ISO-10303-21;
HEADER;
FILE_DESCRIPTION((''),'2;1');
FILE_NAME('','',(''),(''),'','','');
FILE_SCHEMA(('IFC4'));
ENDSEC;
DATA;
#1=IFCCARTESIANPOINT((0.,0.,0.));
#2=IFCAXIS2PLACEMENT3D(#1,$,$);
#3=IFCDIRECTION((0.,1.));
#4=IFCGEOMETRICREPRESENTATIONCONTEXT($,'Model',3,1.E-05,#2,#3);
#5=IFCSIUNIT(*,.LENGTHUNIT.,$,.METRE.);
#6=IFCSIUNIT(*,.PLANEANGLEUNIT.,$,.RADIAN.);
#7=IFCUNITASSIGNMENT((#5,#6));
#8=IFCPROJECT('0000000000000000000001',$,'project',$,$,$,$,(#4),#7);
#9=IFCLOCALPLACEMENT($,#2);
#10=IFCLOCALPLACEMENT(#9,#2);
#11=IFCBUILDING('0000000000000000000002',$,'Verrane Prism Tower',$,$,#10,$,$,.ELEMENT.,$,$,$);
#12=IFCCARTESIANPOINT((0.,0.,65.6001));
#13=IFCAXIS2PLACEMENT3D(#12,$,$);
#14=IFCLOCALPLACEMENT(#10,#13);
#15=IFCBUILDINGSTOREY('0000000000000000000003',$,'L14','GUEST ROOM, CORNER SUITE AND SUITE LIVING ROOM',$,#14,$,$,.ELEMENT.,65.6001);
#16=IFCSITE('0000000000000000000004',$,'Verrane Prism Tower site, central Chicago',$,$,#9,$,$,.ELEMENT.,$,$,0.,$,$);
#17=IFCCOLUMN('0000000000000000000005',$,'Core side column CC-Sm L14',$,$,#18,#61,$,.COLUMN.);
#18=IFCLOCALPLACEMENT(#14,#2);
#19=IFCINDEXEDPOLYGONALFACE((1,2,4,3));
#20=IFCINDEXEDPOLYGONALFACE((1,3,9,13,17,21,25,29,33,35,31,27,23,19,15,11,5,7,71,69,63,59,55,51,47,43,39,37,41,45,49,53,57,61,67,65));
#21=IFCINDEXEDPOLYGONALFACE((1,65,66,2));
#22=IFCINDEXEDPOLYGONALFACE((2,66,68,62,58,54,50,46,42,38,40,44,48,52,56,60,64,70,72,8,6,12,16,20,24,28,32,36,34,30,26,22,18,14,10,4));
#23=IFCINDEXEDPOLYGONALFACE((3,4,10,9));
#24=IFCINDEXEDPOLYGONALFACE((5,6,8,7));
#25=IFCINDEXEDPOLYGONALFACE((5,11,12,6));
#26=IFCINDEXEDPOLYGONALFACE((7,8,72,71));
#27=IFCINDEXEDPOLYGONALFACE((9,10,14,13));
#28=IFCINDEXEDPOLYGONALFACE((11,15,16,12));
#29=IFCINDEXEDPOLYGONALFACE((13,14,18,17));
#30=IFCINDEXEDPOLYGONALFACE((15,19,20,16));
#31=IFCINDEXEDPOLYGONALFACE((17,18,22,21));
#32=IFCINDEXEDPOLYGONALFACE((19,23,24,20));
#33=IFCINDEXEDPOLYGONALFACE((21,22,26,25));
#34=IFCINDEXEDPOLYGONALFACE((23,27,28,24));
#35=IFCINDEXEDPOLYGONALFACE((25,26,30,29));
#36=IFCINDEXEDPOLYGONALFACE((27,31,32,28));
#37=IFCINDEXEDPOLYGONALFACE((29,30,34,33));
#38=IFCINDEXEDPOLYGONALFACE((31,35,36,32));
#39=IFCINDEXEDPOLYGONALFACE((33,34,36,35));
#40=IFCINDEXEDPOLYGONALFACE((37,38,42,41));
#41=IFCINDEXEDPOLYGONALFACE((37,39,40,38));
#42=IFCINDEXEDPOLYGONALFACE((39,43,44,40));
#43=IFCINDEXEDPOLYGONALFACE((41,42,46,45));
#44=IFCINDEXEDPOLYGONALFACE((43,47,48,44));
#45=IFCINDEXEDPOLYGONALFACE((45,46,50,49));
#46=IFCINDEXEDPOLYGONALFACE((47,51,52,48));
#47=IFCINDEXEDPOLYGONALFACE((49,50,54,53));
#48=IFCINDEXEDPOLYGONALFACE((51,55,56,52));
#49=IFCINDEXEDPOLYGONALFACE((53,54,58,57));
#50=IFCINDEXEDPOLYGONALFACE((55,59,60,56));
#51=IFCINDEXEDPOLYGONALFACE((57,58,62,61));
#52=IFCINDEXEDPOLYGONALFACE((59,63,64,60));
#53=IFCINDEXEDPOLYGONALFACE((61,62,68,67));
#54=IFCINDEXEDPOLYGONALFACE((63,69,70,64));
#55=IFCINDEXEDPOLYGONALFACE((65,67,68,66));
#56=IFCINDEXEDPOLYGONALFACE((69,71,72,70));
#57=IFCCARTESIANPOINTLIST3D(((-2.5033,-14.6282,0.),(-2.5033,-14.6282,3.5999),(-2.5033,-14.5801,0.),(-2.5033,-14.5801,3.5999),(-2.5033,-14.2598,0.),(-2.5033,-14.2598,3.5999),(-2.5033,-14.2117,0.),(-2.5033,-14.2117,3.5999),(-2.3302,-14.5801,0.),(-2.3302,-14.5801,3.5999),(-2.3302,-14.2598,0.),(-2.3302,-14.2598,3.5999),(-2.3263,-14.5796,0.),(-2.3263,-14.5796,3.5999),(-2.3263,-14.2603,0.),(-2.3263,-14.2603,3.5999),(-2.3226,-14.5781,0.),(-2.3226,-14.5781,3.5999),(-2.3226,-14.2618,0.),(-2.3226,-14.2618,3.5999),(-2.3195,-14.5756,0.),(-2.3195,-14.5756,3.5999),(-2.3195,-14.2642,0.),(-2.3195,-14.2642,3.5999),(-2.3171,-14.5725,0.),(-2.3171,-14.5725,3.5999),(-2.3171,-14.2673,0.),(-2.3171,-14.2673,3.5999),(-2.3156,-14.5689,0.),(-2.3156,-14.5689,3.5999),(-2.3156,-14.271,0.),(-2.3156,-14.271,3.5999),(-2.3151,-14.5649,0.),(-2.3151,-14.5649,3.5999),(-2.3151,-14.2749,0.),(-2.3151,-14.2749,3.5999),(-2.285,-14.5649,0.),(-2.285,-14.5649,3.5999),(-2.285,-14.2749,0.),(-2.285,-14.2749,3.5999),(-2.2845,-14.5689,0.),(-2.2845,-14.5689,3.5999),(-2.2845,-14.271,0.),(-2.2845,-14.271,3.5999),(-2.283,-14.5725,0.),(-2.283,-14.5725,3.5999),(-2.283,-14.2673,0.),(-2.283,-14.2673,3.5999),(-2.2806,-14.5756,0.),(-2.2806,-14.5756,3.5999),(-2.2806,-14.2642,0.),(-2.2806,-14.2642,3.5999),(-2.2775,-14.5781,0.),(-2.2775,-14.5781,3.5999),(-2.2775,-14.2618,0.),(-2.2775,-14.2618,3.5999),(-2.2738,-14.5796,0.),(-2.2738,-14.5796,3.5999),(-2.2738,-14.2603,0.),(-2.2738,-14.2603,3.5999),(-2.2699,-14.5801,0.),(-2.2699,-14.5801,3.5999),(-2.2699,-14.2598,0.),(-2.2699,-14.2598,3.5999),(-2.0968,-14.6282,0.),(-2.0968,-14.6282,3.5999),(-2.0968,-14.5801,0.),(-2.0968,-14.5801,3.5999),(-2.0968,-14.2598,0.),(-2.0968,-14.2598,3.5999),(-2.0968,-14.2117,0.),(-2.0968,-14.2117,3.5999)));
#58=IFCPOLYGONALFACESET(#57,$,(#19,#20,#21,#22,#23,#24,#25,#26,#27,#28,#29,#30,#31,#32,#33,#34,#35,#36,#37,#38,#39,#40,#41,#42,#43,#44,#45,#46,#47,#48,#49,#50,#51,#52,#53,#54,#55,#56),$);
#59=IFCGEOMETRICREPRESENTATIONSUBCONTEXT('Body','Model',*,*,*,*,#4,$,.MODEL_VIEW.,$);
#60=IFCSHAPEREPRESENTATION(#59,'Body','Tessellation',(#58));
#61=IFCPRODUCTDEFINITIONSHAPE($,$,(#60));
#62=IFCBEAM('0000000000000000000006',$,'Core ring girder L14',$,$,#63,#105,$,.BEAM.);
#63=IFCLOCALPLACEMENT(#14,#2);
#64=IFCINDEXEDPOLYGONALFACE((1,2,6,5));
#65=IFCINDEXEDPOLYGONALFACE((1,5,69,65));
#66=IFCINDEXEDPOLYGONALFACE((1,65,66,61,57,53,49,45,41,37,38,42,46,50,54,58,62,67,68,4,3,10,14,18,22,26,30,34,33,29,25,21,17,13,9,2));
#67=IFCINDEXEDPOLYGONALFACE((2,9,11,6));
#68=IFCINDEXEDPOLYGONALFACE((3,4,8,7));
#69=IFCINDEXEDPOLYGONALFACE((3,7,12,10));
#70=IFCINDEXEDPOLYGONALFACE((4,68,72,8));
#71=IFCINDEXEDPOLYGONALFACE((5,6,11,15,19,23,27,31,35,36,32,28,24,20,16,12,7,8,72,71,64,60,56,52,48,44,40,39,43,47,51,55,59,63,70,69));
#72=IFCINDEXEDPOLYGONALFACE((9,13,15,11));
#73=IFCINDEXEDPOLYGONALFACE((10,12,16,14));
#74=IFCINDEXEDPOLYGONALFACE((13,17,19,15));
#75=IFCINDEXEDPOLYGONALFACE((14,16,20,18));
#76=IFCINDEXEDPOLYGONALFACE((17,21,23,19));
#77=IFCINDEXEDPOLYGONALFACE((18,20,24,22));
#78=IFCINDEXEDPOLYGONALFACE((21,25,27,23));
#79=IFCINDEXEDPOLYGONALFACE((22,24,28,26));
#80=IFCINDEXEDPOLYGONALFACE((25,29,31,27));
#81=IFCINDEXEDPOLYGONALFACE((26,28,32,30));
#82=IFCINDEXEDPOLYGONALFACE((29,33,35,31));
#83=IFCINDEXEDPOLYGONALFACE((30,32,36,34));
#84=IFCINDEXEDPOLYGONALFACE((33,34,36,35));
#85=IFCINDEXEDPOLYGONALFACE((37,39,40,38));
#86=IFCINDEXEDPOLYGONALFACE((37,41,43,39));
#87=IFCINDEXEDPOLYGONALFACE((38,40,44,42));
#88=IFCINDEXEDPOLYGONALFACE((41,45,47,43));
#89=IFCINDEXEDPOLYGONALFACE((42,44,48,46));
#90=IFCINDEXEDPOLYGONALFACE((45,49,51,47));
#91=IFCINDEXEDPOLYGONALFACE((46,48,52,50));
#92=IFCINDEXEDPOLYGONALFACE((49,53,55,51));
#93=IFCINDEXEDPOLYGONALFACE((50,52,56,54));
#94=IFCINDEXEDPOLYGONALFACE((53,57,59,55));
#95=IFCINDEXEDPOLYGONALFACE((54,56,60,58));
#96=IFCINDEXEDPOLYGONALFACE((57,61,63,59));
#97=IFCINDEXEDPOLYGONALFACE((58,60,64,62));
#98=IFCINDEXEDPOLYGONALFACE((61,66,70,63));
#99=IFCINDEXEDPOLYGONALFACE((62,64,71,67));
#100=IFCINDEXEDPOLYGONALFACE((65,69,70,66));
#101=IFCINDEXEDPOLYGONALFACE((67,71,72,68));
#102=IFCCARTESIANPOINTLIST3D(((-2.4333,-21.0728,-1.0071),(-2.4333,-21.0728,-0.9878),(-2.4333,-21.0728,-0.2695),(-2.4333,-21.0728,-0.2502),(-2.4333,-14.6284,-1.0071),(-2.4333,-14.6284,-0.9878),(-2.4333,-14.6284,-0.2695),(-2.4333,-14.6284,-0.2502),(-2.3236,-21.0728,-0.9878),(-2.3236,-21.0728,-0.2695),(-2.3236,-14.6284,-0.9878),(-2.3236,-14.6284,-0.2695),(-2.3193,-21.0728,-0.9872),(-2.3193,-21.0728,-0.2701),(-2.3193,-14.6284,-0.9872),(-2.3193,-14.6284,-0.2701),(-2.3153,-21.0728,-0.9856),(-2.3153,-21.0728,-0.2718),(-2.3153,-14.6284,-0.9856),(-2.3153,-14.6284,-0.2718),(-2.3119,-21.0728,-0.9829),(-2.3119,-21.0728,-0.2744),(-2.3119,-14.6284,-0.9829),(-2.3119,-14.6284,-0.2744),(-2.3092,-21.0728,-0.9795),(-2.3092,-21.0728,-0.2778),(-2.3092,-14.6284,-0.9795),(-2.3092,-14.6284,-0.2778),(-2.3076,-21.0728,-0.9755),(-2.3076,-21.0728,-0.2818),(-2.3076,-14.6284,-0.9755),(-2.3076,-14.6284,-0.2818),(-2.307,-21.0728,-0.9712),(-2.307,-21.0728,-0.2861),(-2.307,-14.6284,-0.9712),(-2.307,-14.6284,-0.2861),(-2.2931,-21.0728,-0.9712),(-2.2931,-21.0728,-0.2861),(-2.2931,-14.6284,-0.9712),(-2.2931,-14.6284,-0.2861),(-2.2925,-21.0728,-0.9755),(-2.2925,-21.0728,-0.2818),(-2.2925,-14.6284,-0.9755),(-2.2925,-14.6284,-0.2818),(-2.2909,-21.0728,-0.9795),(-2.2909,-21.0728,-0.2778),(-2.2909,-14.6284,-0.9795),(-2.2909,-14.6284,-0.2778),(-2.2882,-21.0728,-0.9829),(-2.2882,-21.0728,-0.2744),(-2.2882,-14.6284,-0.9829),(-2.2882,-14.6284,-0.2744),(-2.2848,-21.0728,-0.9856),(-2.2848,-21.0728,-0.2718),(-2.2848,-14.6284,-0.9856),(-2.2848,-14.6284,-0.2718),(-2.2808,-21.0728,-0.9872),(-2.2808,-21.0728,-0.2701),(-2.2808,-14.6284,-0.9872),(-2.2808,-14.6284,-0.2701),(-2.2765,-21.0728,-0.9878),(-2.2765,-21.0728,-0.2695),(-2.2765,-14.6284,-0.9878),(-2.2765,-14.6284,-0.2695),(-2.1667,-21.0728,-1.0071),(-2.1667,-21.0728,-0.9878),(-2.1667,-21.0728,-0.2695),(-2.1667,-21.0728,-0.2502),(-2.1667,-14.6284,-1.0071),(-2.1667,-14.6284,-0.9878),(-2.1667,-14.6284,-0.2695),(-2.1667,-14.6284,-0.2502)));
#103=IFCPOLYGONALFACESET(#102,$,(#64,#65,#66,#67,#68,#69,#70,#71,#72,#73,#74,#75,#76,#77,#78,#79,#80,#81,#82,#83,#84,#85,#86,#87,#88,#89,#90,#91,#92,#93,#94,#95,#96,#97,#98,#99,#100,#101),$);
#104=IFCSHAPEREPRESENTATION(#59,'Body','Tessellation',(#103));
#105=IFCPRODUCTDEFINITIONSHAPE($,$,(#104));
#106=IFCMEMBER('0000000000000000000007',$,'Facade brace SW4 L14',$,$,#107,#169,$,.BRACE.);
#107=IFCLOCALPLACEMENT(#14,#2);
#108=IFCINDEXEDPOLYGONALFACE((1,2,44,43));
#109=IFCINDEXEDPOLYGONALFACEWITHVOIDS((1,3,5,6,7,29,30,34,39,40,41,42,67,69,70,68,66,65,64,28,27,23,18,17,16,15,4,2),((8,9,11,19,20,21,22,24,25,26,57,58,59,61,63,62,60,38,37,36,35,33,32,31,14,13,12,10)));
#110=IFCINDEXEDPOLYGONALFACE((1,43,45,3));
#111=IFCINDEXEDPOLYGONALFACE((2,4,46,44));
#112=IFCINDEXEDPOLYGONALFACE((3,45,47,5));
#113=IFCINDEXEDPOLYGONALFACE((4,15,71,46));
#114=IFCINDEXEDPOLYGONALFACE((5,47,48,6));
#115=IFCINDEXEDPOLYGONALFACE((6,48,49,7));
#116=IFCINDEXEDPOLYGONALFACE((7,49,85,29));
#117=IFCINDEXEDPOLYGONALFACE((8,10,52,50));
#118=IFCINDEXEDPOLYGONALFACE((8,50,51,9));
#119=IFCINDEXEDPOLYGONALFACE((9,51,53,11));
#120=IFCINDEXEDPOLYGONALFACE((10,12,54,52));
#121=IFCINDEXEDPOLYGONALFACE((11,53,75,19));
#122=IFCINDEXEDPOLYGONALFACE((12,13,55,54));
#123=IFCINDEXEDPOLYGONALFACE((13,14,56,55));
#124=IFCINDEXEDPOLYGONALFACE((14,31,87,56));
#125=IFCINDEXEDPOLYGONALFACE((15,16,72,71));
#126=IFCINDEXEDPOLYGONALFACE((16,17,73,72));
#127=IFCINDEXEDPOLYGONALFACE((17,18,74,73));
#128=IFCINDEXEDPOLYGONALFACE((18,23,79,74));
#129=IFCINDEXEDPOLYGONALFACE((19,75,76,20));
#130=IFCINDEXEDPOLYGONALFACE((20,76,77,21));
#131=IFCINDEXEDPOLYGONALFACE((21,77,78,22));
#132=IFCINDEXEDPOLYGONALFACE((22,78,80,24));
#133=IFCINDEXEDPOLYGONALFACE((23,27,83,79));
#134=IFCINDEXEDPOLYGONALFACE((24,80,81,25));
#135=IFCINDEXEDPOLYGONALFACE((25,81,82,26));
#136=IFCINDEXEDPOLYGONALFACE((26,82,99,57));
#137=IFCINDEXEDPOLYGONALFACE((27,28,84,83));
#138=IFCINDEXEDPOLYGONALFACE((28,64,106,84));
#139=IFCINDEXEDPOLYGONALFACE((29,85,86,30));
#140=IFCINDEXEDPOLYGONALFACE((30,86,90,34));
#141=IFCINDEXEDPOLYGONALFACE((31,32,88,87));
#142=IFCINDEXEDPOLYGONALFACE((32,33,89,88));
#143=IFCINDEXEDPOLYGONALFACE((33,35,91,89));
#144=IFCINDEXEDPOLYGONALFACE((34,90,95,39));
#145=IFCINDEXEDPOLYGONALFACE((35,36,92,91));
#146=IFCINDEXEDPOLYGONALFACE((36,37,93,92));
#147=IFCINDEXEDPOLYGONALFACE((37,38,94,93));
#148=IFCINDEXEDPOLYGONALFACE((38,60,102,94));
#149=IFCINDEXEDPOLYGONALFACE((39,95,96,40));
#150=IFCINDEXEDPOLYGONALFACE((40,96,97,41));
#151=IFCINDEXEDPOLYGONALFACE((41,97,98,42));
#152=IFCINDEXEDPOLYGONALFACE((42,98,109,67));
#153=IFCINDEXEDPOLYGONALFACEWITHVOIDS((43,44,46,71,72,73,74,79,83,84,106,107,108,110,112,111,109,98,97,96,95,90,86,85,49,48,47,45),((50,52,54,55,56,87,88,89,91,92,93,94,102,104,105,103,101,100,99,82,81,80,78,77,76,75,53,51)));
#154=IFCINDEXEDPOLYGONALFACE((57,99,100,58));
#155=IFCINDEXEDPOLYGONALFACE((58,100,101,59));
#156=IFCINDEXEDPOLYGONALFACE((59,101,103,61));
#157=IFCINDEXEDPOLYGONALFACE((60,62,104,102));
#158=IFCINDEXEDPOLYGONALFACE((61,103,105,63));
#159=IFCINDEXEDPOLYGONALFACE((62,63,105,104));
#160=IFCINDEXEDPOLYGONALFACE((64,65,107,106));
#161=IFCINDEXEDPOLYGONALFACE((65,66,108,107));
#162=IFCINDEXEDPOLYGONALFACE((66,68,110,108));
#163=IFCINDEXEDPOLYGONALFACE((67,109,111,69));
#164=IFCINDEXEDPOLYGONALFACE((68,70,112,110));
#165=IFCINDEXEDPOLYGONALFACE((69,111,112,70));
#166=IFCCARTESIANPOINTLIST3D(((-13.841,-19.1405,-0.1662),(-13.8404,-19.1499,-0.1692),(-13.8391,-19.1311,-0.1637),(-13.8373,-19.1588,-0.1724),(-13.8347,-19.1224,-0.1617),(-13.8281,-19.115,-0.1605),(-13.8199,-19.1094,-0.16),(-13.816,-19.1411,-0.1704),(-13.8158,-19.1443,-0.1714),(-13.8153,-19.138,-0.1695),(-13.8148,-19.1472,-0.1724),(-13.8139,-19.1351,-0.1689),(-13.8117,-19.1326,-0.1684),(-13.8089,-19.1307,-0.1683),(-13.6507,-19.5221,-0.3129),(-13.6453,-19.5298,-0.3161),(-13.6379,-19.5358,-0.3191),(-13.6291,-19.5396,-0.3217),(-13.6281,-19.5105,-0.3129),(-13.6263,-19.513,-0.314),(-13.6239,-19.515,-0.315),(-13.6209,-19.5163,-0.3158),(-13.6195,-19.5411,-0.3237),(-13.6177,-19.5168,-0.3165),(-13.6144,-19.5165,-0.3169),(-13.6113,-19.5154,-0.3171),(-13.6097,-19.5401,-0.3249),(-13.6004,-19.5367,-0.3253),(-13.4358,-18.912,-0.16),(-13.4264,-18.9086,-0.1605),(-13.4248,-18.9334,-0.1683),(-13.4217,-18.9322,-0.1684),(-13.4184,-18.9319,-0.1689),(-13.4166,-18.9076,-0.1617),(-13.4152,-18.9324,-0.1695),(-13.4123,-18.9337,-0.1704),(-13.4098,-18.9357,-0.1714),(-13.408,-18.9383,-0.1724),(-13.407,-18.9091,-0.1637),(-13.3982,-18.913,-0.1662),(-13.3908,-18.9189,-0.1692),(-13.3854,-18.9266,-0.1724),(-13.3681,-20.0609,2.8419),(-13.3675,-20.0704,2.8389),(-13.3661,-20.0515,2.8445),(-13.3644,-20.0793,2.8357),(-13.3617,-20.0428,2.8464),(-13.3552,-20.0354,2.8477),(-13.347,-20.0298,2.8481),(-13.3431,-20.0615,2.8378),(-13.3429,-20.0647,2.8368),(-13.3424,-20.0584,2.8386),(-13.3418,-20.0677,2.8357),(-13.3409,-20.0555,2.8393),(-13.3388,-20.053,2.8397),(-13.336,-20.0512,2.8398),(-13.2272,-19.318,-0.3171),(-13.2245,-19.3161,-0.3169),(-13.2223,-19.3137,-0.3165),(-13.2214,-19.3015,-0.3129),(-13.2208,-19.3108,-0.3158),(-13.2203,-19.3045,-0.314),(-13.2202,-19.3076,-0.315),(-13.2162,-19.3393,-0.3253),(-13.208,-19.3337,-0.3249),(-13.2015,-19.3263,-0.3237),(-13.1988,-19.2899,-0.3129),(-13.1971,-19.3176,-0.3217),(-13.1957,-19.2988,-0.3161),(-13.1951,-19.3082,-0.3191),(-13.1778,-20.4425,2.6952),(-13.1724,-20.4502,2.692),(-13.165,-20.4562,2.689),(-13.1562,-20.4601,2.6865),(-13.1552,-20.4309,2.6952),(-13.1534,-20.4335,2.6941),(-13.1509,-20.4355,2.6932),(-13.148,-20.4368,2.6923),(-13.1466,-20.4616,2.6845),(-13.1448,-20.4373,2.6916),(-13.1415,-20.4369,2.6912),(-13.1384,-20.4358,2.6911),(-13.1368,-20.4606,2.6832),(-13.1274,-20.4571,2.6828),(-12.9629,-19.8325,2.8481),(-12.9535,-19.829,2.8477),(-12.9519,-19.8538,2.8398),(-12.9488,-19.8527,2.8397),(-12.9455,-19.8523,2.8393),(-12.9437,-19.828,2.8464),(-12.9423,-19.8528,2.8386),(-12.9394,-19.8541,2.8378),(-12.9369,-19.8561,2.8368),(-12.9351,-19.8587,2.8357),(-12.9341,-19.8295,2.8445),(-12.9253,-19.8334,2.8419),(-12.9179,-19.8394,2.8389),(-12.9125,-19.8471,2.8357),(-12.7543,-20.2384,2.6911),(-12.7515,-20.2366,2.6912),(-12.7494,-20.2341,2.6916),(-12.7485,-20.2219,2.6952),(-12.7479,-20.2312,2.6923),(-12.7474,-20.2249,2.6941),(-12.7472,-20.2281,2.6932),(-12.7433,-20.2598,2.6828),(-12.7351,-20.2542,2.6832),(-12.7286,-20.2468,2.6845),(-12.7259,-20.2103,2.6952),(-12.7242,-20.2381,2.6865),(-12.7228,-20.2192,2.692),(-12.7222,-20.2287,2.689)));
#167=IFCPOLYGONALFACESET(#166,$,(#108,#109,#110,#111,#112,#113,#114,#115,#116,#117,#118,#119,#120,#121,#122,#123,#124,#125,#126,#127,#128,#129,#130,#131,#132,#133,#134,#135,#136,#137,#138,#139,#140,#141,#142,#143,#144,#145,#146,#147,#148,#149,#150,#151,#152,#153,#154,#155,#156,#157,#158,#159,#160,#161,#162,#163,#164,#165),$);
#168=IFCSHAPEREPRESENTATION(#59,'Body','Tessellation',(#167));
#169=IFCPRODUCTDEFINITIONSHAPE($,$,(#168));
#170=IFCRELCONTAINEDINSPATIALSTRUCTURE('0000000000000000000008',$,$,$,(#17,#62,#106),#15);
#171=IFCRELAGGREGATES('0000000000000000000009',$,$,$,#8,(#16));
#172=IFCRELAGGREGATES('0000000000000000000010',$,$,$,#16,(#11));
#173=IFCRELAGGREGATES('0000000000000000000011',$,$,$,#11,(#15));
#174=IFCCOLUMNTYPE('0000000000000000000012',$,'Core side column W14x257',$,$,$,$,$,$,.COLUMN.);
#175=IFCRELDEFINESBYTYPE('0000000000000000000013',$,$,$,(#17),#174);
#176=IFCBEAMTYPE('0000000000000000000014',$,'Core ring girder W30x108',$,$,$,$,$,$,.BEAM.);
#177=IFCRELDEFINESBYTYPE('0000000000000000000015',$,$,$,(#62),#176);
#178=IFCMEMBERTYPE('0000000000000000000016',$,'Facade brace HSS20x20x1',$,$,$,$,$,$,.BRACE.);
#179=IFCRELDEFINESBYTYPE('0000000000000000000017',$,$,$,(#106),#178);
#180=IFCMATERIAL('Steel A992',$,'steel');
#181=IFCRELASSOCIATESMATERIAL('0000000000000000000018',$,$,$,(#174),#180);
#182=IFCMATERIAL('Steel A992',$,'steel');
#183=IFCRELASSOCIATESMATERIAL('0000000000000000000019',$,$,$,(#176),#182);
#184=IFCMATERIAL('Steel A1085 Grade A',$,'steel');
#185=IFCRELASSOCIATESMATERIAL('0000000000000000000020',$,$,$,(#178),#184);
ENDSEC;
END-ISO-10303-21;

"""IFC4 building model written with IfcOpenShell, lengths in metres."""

from ifc_helpers import new_model, si_unit, direction, frame, origin, origin_2d, place, context, subcontext, project, spatial, hollow_rectangle, i_section, extrude, material, material_profile, profile_set, type_object, element, save


model = new_model("IFC4")

# Units and contexts
model_context = context("Model", 3, precision=1e-05, world=origin(), true_north=direction((0.0, 1.0)))
body_context = subcontext(model_context, "Body", "Model", "MODEL_VIEW")
ifc_project = project(units=[si_unit("LENGTHUNIT", "METRE"), si_unit("PLANEANGLEUNIT", "RADIAN")], contexts=[model_context])

# Site, building, storey
site_placement = place(None, origin())
site = spatial("IfcSite", under=ifc_project, at=site_placement, Name="Verrane Prism Tower site, central Chicago", CompositionType="ELEMENT", RefElevation=0.0)
building_placement = place(site_placement, origin())
building = spatial("IfcBuilding", under=site, at=building_placement, Name="Verrane Prism Tower", CompositionType="ELEMENT")
storey_placement = place(building_placement, frame((0.0, 0.0, 65.6001)))
storey = spatial("IfcBuildingStorey", under=building, at=storey_placement, Name="L14", Description="GUEST ROOM, CORNER SUITE AND SUITE LIVING ROOM", CompositionType="ELEMENT", Elevation=65.6001)

# Column
ifc_material_1 = material(Name="Steel A992", Category="steel")
ifc_material_profile_1 = material_profile(ifc_material_1, i_section(OverallWidth=0.4065, OverallDepth=0.4165, WebThickness=0.03, FlangeThickness=0.0481, FilletRadius=0.0151, at=origin_2d()), Name="W14x257")
ifc_profile_set_1 = profile_set([ifc_material_profile_1], Name="Steel A992")
column_type = type_object("IfcColumnType", Name="Core side column W14x257", PredefinedType="COLUMN", material=ifc_profile_set_1)
column_placement = place(storey_placement, frame((-2.3, -14.4199, 0.0), z_axis=(0.0, 0.0, 1.0), x_axis=(1.0, 0.0, 0.0)))
element("IfcColumn", 1, at=column_placement, inside=storey, type_object=column_type, Name="Core side column CC-Sm L14", PredefinedType="COLUMN", context=body_context, shape_type="SweptSolid", body=[
    extrude(i_section(OverallWidth=0.4065, OverallDepth=0.4165, WebThickness=0.03, FlangeThickness=0.0481, FilletRadius=0.0151, at=origin_2d()), origin(), (0.0, 0.0, 1.0), 3.5999),
])

# Beam
ifc_material_2 = material(Name="Steel A992", Category="steel")
ifc_material_profile_2 = material_profile(ifc_material_2, i_section(OverallWidth=0.2666, OverallDepth=0.7568, WebThickness=0.0139, FlangeThickness=0.0193, FilletRadius=0.0166, at=origin_2d()), Name="W30x108")
ifc_profile_set_2 = profile_set([ifc_material_profile_2], Name="Steel A992")
beam_type_1 = type_object("IfcBeamType", Name="Core ring girder W30x108", PredefinedType="BEAM", material=ifc_profile_set_2)
beam_1_placement = place(storey_placement, frame((-2.3, -14.6284, -0.6287), z_axis=(0.0, -1.0, 0.0), x_axis=(1.0, 0.0, 0.0)))
element("IfcBeam", 2, at=beam_1_placement, inside=storey, type_object=beam_type_1, Name="Core ring girder L14", PredefinedType="BEAM", context=body_context, shape_type="SweptSolid", body=[
    extrude(i_section(OverallWidth=0.2666, OverallDepth=0.7568, WebThickness=0.0139, FlangeThickness=0.0193, FilletRadius=0.0166, at=origin_2d()), origin(), (0.0, 0.0, 1.0), 6.4443),
])

# Member
ifc_material_3 = material(Name="Steel A1085 Grade A", Category="steel")
ifc_material_profile_3 = material_profile(ifc_material_3, hollow_rectangle(XDim=0.5081, YDim=0.5081, WallThickness=0.0254, InnerFilletRadius=0.0127, OuterFilletRadius=0.0381, at=origin_2d()), Name="HSS20x20x1")
ifc_profile_set_3 = profile_set([ifc_material_profile_3], Name="Steel A1085 Grade A")
member_type_1 = type_object("IfcMemberType", Name="Facade brace HSS20x20x1", PredefinedType="BRACE", material=ifc_profile_set_3)
member_1_placement = place(storey_placement, frame((-13.5181, -19.2244, -0.2427), z_axis=(0.148661, -0.28934, 0.945612), x_axis=(0.889466, 0.457001, 0.0)))
element("IfcMember", 3, at=member_1_placement, inside=storey, type_object=member_type_1, Name="Facade brace SW4 L14", PredefinedType="BRACE", context=body_context, shape_type="SweptSolid", body=[
    extrude(hollow_rectangle(XDim=0.5081, YDim=0.5081, WallThickness=0.0254, InnerFilletRadius=0.0127, OuterFilletRadius=0.0381, at=origin_2d()), origin(), (0.0, 0.0, 1.0), 3.1812),
])

save(model, "model.ifc")
